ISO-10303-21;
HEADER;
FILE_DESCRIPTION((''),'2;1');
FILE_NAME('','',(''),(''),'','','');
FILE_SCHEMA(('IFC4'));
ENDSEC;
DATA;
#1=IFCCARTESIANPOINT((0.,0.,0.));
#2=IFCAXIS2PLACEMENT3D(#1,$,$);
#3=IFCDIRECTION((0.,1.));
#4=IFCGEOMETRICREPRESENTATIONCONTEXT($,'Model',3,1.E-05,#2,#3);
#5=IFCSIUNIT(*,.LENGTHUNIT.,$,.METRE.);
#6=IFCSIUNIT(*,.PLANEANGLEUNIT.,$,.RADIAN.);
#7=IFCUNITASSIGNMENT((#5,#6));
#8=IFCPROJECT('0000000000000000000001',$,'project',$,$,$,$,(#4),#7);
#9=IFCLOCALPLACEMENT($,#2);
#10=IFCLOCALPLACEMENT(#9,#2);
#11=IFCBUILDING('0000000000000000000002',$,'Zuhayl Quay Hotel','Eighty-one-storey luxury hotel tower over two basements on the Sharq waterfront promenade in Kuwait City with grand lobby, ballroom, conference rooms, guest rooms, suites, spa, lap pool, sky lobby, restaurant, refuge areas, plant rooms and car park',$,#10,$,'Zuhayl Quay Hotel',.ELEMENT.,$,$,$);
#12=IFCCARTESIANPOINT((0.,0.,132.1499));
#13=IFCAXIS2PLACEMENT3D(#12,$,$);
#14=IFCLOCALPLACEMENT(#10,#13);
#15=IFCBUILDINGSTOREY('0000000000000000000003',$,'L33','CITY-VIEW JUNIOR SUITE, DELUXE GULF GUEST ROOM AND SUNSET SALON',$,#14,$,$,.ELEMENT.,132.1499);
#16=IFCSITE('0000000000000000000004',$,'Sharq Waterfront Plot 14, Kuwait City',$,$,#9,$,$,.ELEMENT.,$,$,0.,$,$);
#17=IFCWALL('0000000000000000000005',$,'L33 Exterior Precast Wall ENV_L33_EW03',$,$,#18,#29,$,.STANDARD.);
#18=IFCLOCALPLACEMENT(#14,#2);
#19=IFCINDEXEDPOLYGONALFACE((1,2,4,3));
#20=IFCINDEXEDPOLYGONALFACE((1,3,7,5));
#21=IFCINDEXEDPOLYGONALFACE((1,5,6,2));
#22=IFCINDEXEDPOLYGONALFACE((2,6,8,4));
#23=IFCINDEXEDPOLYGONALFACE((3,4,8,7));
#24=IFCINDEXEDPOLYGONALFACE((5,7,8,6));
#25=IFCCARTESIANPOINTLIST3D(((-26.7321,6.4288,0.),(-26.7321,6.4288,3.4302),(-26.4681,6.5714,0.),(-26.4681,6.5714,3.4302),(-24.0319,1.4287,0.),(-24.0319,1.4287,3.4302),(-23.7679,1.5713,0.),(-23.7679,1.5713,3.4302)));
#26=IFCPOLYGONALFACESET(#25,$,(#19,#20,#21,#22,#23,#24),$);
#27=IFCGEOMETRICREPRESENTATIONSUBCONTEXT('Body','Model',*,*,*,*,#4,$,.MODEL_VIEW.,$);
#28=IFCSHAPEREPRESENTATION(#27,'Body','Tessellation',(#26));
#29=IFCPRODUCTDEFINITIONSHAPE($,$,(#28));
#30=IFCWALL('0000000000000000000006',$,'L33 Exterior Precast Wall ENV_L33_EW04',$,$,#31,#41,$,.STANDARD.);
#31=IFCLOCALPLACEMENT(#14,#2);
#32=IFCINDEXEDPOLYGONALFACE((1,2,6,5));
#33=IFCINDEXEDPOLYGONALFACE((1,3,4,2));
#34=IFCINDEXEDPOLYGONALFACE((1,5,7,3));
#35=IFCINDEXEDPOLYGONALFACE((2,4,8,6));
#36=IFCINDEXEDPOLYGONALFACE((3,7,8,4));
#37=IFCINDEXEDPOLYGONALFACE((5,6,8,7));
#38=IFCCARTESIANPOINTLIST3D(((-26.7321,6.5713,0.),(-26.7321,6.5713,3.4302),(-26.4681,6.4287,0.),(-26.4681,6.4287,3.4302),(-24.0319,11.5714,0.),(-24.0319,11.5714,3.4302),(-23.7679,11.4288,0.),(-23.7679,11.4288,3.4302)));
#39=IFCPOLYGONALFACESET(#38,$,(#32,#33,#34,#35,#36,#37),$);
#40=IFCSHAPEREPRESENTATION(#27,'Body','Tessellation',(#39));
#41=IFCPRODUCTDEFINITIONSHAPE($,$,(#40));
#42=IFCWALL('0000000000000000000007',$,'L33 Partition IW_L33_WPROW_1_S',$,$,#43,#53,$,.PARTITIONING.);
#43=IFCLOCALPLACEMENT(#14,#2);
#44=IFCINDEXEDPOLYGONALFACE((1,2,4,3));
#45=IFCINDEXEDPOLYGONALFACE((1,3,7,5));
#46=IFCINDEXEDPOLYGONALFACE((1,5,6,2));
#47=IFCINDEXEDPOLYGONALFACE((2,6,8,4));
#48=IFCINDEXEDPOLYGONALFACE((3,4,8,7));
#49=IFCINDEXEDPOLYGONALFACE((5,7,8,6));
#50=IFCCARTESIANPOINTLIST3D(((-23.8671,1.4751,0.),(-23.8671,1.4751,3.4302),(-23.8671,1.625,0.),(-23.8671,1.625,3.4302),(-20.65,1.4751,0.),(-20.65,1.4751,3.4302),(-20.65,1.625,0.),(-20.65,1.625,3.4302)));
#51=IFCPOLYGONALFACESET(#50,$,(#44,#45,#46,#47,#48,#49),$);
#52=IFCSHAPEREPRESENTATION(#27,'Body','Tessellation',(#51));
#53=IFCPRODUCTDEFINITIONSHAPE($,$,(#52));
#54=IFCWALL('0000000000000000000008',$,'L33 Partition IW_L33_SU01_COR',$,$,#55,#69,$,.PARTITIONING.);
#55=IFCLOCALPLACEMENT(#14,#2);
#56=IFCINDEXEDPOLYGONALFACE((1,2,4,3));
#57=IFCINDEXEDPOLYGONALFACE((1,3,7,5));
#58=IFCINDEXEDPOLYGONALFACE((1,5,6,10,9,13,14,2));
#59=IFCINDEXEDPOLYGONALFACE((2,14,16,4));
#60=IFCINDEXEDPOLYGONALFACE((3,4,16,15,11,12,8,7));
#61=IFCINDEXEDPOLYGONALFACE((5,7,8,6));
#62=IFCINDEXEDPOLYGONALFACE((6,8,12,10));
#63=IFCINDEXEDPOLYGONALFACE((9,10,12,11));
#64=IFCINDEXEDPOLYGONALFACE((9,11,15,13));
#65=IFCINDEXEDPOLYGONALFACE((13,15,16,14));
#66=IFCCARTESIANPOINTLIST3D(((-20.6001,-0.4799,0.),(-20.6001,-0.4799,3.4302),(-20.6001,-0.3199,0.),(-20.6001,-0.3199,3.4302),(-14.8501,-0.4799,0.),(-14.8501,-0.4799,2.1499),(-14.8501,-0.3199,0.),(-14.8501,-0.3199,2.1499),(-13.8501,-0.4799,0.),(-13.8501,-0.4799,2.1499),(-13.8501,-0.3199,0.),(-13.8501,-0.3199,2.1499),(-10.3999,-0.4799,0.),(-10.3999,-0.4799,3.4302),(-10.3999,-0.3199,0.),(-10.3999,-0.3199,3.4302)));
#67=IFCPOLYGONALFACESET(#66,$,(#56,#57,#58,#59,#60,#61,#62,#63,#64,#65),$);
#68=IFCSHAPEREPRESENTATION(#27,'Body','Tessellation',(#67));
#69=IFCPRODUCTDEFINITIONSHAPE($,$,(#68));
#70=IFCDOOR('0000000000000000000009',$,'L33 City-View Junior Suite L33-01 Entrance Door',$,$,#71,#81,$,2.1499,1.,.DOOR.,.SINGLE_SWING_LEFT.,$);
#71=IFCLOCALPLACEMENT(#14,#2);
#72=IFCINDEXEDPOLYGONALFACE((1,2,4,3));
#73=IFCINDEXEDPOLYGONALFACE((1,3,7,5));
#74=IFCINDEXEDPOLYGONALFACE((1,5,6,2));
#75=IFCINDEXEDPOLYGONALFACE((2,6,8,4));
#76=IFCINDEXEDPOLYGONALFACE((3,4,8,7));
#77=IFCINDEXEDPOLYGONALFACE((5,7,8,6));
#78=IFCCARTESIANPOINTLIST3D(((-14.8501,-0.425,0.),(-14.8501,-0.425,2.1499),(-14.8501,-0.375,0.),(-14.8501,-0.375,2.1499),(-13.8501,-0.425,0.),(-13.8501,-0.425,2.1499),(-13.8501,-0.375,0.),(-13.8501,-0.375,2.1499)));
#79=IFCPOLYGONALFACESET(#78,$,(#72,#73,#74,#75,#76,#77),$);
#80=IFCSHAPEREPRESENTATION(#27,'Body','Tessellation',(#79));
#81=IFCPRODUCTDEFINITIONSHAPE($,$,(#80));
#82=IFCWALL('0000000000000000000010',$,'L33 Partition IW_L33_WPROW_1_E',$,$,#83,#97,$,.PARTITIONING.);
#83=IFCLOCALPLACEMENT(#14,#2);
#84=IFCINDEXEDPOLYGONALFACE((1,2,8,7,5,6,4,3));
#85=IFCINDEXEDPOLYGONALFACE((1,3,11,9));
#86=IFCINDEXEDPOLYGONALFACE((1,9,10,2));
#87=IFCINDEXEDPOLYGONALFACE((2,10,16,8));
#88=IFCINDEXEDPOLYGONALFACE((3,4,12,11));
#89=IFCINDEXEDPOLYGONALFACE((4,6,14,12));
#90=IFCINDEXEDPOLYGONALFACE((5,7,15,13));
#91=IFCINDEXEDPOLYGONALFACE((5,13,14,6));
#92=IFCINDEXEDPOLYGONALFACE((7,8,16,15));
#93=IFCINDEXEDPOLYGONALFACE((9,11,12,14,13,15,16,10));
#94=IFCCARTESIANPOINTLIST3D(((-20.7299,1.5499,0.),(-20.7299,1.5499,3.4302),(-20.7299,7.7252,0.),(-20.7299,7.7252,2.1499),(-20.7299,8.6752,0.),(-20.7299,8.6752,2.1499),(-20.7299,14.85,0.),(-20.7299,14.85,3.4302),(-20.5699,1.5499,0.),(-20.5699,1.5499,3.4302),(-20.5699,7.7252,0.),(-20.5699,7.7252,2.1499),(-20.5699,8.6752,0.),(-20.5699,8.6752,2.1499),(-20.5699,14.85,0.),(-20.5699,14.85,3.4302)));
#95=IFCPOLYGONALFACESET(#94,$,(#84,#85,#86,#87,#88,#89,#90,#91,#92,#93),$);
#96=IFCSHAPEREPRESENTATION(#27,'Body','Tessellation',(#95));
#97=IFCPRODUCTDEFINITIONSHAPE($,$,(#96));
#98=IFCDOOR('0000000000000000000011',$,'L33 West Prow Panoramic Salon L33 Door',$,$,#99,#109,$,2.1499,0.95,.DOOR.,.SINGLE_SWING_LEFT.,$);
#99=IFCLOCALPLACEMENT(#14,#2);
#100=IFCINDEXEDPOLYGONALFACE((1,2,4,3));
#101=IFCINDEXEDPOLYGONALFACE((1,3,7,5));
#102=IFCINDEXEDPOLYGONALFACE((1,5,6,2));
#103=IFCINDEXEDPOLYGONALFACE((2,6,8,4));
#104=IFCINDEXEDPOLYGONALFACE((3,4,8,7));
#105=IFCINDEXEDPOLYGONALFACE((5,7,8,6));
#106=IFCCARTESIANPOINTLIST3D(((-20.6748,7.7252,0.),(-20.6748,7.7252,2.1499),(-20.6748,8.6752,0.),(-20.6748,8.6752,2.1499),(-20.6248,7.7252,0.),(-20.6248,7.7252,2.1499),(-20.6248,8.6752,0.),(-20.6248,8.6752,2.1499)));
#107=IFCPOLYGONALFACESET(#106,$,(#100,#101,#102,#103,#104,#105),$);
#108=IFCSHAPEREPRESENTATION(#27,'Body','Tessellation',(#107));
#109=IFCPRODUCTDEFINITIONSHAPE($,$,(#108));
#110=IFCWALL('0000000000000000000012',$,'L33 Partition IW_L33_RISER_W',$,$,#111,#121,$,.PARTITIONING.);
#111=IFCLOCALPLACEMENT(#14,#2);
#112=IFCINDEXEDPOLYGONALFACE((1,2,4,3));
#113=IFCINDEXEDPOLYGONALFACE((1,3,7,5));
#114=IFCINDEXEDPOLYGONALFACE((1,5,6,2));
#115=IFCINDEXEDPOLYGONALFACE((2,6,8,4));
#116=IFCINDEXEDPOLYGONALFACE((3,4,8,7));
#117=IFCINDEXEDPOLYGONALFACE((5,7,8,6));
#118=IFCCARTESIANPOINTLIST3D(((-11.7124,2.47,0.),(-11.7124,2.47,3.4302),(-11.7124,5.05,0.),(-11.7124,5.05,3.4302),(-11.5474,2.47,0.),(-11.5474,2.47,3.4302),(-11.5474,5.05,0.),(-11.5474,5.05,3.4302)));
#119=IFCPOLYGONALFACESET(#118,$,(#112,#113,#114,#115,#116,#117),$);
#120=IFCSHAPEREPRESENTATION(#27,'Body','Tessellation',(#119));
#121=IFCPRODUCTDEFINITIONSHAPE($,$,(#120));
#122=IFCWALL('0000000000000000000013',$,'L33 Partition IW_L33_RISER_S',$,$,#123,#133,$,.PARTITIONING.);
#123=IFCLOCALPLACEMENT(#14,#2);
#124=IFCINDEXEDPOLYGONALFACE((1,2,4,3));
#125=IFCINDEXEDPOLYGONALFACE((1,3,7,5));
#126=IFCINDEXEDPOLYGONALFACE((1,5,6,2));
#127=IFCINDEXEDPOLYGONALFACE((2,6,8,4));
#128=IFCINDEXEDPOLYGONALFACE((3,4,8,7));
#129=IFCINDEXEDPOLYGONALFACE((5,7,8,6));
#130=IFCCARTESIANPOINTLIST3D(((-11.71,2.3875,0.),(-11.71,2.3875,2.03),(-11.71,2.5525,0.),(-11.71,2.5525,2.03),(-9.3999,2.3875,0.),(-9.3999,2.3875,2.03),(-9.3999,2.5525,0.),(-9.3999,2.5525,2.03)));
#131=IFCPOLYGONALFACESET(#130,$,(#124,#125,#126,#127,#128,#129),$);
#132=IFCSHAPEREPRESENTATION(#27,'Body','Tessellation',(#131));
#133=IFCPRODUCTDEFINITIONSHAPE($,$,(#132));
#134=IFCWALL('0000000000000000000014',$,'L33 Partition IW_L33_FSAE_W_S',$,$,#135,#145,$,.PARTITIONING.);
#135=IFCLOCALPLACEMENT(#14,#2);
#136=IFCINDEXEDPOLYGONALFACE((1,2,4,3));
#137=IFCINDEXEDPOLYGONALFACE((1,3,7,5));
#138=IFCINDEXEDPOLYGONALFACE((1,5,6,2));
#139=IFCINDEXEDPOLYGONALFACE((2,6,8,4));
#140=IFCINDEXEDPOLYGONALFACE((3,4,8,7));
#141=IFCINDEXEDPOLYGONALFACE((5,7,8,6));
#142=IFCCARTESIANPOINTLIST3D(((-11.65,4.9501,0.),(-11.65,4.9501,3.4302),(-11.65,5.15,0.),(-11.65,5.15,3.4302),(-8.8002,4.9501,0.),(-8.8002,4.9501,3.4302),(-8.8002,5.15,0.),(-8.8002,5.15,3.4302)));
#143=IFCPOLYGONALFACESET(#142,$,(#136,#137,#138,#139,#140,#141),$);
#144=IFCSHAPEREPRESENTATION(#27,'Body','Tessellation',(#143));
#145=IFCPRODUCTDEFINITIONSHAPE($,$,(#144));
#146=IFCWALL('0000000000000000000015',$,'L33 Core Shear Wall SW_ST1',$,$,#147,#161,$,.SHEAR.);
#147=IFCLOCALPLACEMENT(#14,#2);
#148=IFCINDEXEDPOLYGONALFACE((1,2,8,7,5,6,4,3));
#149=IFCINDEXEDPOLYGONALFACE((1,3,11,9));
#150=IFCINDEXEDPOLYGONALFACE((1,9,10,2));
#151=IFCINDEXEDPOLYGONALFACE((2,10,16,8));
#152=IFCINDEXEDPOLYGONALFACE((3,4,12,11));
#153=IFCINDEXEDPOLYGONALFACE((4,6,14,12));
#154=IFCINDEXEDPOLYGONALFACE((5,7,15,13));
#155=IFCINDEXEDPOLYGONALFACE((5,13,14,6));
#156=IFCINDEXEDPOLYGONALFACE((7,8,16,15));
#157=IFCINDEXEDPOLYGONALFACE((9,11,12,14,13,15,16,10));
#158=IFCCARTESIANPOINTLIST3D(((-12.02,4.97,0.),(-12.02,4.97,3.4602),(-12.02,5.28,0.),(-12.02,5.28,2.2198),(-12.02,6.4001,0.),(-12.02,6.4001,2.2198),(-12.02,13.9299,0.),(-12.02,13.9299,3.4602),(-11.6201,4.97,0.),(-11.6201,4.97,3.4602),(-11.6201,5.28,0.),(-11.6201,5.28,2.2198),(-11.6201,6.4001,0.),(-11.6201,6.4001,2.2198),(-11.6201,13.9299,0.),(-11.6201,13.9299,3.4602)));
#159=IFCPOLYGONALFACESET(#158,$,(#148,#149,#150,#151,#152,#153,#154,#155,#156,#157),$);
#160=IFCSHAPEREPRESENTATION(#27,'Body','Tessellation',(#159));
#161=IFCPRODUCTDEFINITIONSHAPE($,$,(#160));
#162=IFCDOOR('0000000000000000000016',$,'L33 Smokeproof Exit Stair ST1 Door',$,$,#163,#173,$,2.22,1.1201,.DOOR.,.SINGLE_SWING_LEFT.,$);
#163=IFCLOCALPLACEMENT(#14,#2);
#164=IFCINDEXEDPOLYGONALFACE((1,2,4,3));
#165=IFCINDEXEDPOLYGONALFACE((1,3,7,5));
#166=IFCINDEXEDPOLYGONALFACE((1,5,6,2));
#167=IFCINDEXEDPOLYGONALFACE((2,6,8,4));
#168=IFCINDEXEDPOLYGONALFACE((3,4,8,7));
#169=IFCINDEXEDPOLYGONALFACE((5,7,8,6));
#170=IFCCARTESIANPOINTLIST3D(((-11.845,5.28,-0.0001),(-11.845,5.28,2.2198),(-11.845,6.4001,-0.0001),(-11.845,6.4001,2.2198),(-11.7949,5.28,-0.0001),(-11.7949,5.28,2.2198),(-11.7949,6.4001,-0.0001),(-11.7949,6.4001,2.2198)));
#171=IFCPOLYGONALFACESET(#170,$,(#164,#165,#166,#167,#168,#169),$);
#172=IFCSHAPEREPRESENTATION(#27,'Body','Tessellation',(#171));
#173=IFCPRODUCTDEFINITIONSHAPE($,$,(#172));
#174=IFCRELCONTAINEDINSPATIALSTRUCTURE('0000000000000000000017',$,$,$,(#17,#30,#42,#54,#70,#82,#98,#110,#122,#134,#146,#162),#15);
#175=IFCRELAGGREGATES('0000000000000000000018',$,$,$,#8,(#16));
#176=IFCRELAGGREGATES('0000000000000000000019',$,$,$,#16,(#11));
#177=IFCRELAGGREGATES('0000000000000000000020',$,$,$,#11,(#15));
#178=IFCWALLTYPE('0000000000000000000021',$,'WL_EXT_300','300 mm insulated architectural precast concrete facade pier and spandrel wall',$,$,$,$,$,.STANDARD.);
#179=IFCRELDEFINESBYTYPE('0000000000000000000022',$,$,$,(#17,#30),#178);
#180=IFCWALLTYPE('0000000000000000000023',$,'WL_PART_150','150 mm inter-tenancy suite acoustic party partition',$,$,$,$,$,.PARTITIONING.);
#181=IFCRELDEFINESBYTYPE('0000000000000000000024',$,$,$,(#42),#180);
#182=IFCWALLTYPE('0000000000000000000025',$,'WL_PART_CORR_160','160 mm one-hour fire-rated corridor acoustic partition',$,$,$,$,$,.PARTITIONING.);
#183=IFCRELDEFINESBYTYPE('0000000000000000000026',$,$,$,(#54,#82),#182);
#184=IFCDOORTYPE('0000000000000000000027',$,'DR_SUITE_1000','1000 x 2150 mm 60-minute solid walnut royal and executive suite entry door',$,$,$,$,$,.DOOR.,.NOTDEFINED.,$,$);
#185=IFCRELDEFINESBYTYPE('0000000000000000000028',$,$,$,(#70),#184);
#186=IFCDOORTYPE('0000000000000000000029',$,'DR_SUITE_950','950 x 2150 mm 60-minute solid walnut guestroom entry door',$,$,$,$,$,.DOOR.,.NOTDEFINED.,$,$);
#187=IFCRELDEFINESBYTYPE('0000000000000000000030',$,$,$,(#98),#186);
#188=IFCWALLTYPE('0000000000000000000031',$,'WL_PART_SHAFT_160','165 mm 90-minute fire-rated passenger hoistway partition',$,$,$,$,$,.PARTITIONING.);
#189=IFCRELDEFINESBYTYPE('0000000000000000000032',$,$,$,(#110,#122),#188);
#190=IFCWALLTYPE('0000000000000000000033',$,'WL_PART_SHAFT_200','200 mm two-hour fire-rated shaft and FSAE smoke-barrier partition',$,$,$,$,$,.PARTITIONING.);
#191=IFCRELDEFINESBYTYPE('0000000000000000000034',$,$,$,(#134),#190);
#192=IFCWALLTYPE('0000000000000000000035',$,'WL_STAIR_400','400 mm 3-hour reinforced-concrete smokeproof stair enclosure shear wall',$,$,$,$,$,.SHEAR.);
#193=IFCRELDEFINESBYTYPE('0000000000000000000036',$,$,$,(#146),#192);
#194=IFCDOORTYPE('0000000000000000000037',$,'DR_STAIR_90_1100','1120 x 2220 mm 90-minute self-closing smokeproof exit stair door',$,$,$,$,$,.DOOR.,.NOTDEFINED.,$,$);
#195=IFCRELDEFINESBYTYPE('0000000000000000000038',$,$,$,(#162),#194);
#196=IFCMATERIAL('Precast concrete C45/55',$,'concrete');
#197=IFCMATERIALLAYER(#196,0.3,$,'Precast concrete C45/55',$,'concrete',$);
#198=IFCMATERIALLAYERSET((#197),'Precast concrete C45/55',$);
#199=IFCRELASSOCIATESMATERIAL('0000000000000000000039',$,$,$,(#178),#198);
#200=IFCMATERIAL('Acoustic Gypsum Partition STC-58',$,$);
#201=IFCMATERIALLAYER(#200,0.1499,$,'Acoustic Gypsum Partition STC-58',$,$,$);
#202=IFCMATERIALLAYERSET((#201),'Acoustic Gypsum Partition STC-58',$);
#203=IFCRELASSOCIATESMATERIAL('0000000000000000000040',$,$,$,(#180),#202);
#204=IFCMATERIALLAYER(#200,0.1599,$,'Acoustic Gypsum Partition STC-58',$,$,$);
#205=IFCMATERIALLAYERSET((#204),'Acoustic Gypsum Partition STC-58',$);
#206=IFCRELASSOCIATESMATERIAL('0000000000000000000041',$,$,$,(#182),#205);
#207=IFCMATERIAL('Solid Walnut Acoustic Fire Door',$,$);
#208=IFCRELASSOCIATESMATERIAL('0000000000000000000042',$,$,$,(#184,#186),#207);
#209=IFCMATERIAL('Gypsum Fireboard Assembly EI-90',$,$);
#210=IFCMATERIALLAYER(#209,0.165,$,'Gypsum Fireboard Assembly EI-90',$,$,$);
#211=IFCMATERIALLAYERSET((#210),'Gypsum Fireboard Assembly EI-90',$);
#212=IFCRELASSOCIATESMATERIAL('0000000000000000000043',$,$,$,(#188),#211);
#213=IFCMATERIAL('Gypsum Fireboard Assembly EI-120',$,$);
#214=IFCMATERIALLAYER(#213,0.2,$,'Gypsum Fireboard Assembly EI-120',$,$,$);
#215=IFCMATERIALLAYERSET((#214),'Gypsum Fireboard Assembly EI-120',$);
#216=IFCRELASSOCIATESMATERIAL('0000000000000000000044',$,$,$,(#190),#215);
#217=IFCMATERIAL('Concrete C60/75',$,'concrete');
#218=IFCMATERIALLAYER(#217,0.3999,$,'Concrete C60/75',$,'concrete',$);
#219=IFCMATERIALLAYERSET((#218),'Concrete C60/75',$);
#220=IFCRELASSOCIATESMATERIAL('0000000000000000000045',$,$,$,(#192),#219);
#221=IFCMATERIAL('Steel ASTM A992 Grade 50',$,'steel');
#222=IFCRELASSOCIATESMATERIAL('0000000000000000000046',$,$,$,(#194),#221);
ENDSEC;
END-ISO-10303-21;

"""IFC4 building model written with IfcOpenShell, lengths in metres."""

from ifc_helpers import new_model, si_unit, direction, frame, frame_2d, origin, place, context, subcontext, project, spatial, rectangle, extrude, material, layer, layer_set, type_object, element, fill, save


model = new_model("IFC4")

# Units and contexts
model_context = context("Model", 3, precision=1e-05, world=origin(), true_north=direction((0.0, 1.0)))
body_context = subcontext(model_context, "Body", "Model", "MODEL_VIEW")
ifc_project = project(units=[si_unit("LENGTHUNIT", "METRE"), si_unit("PLANEANGLEUNIT", "RADIAN")], contexts=[model_context])

# Site, building, storey
site_placement = place(None, origin())
site = spatial("IfcSite", under=ifc_project, at=site_placement, Name="Sharq Waterfront Plot 14, Kuwait City", CompositionType="ELEMENT", RefElevation=0.0)
building_placement = place(site_placement, origin())
building = spatial("IfcBuilding", under=site, at=building_placement, Name="Zuhayl Quay Hotel", Description="Eighty-one-storey luxury hotel tower over two basements on the Sharq waterfront promenade in Kuwait City with grand lobby, ballroom, conference rooms, guest rooms, suites, spa, lap pool, sky lobby, restaurant, refuge areas, plant rooms and car park", LongName="Zuhayl Quay Hotel", CompositionType="ELEMENT")
storey_placement = place(building_placement, frame((0.0, 0.0, 132.1499)))
storey = spatial("IfcBuildingStorey", under=building, at=storey_placement, Name="L33", Description="CITY-VIEW JUNIOR SUITE, DELUXE GULF GUEST ROOM AND SUNSET SALON", CompositionType="ELEMENT", Elevation=132.1499)

# Shared definitions
ifc_material_1 = material(Name="Steel ASTM A992 Grade 50", Category="steel")
ifc_material_2 = material(Name="Concrete C60/75", Category="concrete")

# Walls
ifc_material_3 = material(Name="Precast concrete C45/55", Category="concrete")
ifc_layer_1 = layer(ifc_material_3, 0.3, Name="Precast concrete C45/55", Category="concrete")
ifc_layer_set_1 = layer_set([ifc_layer_1], Name="Precast concrete C45/55")
wall_type_1 = type_object("IfcWallType", Name="WL_EXT_300", Description="300 mm insulated architectural precast concrete facade pier and spandrel wall", PredefinedType="STANDARD", material=ifc_layer_set_1)
for number, where, z_axis, x_axis, name in (
    (1, (-23.8999, 1.5, 0.0), (0.0, 0.0, 1.0), (-0.475176, 0.879891, 0.0), "L33 Exterior Precast Wall ENV_L33_EW03"),
    (2, (-26.6001, 6.5, 0.0), (0.0, 0.0, 1.0), (0.475176, 0.879891, 0.0), "L33 Exterior Precast Wall ENV_L33_EW04"),
):
    element("IfcWall", number, at=place(storey_placement, frame(where, z_axis=z_axis, x_axis=x_axis)), inside=storey, type_object=wall_type_1, Name=name, PredefinedType="STANDARD", context=body_context, shape_type="SweptSolid", body=[
        extrude(rectangle(XDim=5.6826, YDim=0.3, at=frame_2d((2.8413, 0.0))), origin(), (0.0, 0.0, 1.0), 3.4302),
    ])
ifc_material_4 = material(Name="Acoustic Gypsum Partition STC-58")
ifc_layer_2 = layer(ifc_material_4, 0.1499, Name="Acoustic Gypsum Partition STC-58")
ifc_layer_set_2 = layer_set([ifc_layer_2], Name="Acoustic Gypsum Partition STC-58")
wall_type_2 = type_object("IfcWallType", Name="WL_PART_150", Description="150 mm inter-tenancy suite acoustic party partition", PredefinedType="PARTITIONING", material=ifc_layer_set_2)
wall_1_placement = place(storey_placement, frame((-23.8669, 1.55, 0.0), z_axis=(0.0, 0.0, 1.0), x_axis=(1.0, 0.0, 0.0)))
element("IfcWall", 3, at=wall_1_placement, inside=storey, type_object=wall_type_2, Name="L33 Partition IW_L33_WPROW_1_S", PredefinedType="PARTITIONING", context=body_context, shape_type="SweptSolid", body=[
    extrude(rectangle(XDim=3.217, YDim=0.1499, at=frame_2d((1.6084, 0.0))), origin(), (0.0, 0.0, 1.0), 3.4302),
])

# Walls, openings, doors
ifc_layer_3 = layer(ifc_material_4, 0.1599, Name="Acoustic Gypsum Partition STC-58")
ifc_layer_set_3 = layer_set([ifc_layer_3], Name="Acoustic Gypsum Partition STC-58")
wall_type_3 = type_object("IfcWallType", Name="WL_PART_CORR_160", Description="160 mm one-hour fire-rated corridor acoustic partition", PredefinedType="PARTITIONING", material=ifc_layer_set_3)
wall_2_placement = place(storey_placement, frame((-20.6001, -0.3999, 0.0), z_axis=(0.0, 0.0, 1.0), x_axis=(1.0, 0.0, 0.0)))
wall_2 = element("IfcWall", 4, at=wall_2_placement, inside=storey, type_object=wall_type_3, Name="L33 Partition IW_L33_SU01_COR", PredefinedType="PARTITIONING", context=body_context, shape_type="SweptSolid", body=[
    extrude(rectangle(XDim=10.2002, YDim=0.1599, at=frame_2d((5.1001, 0.0))), origin(), (0.0, 0.0, 1.0), 3.4302),
])
opening_1_placement = place(wall_2_placement, frame((5.75, 0.0, 0.0)))
opening_1 = element("IfcOpeningElement", 5, at=opening_1_placement, cuts=wall_2, PredefinedType="OPENING", context=body_context, shape_type="SweptSolid", body=[
    extrude(rectangle(XDim=1.0, YDim=2.1499, at=frame_2d((0.5, 1.075))), frame((0.0, 0.0898, 0.0), z_axis=(0.0, -1.0, 0.0), x_axis=(1.0, 0.0, 0.0)), (0.0, 0.0, 1.0), 0.1799),
])
ifc_material_5 = material(Name="Solid Walnut Acoustic Fire Door")
door_type_1 = type_object("IfcDoorType", Name="DR_SUITE_1000", Description="1000 x 2150 mm 60-minute solid walnut royal and executive suite entry door", OperationType="NOTDEFINED", PredefinedType="DOOR", material=ifc_material_5)
door_1_placement = place(opening_1_placement, origin())
door_1 = element("IfcDoor", 6, at=door_1_placement, inside=storey, type_object=door_type_1, Name="L33 City-View Junior Suite L33-01 Entrance Door", OperationType="SINGLE_SWING_LEFT", OverallHeight=2.1499, OverallWidth=1.0, PredefinedType="DOOR", context=body_context, shape_type="SweptSolid", body=[
    extrude(rectangle(XDim=1.0, YDim=2.1499, at=frame_2d((0.5, 1.075))), frame((0.0, 0.0249, 0.0), z_axis=(0.0, -1.0, 0.0), x_axis=(1.0, 0.0, 0.0)), (0.0, 0.0, 1.0), 0.05),
])
fill(opening_1, door_1)
wall_3_placement = place(storey_placement, frame((-20.6499, 1.55, 0.0), z_axis=(0.0, 0.0, 1.0), x_axis=(0.0, 1.0, 0.0)))
wall_3 = element("IfcWall", 7, at=wall_3_placement, inside=storey, type_object=wall_type_3, Name="L33 Partition IW_L33_WPROW_1_E", PredefinedType="PARTITIONING", context=body_context, shape_type="SweptSolid", body=[
    extrude(rectangle(XDim=13.3, YDim=0.1599, at=frame_2d((6.6499, 0.0))), origin(), (0.0, 0.0, 1.0), 3.4302),
])
opening_2_placement = place(wall_3_placement, frame((6.175, 0.0, 0.0)))
opening_2 = element("IfcOpeningElement", 8, at=opening_2_placement, cuts=wall_3, PredefinedType="OPENING", context=body_context, shape_type="SweptSolid", body=[
    extrude(rectangle(XDim=0.95, YDim=2.1499, at=frame_2d((0.4751, 1.075))), frame((0.0, 0.0898, 0.0), z_axis=(0.0, -1.0, 0.0), x_axis=(1.0, 0.0, 0.0)), (0.0, 0.0, 1.0), 0.1799),
])
door_type_2 = type_object("IfcDoorType", Name="DR_SUITE_950", Description="950 x 2150 mm 60-minute solid walnut guestroom entry door", OperationType="NOTDEFINED", PredefinedType="DOOR", material=ifc_material_5)
door_2_placement = place(opening_2_placement, origin())
door_2 = element("IfcDoor", 9, at=door_2_placement, inside=storey, type_object=door_type_2, Name="L33 West Prow Panoramic Salon L33 Door", OperationType="SINGLE_SWING_LEFT", OverallHeight=2.1499, OverallWidth=0.95, PredefinedType="DOOR", context=body_context, shape_type="SweptSolid", body=[
    extrude(rectangle(XDim=0.95, YDim=2.1499, at=frame_2d((0.4751, 1.075))), frame((0.0, 0.0249, 0.0), z_axis=(0.0, -1.0, 0.0), x_axis=(1.0, 0.0, 0.0)), (0.0, 0.0, 1.0), 0.05),
])
fill(opening_2, door_2)

# Walls
ifc_material_6 = material(Name="Gypsum Fireboard Assembly EI-90")
ifc_layer_4 = layer(ifc_material_6, 0.165, Name="Gypsum Fireboard Assembly EI-90")
ifc_layer_set_4 = layer_set([ifc_layer_4], Name="Gypsum Fireboard Assembly EI-90")
wall_type_4 = type_object("IfcWallType", Name="WL_PART_SHAFT_160", Description="165 mm 90-minute fire-rated passenger hoistway partition", PredefinedType="PARTITIONING", material=ifc_layer_set_4)
wall_4_placement = place(storey_placement, frame((-11.6299, 2.47, 0.0), z_axis=(0.0, 0.0, 1.0), x_axis=(0.0, 1.0, 0.0)))
element("IfcWall", 10, at=wall_4_placement, inside=storey, type_object=wall_type_4, Name="L33 Partition IW_L33_RISER_W", PredefinedType="PARTITIONING", context=body_context, shape_type="SweptSolid", body=[
    extrude(rectangle(XDim=2.5801, YDim=0.165, at=frame_2d((1.29, 0.0))), origin(), (0.0, 0.0, 1.0), 3.4302),
])
wall_5_placement = place(storey_placement, frame((-11.71, 2.47, 0.0), z_axis=(0.0, 0.0, 1.0), x_axis=(1.0, 0.0, 0.0)))
element("IfcWall", 11, at=wall_5_placement, inside=storey, type_object=wall_type_4, Name="L33 Partition IW_L33_RISER_S", PredefinedType="PARTITIONING", context=body_context, shape_type="SweptSolid", body=[
    extrude(rectangle(XDim=2.3101, YDim=0.165, at=frame_2d((1.155, 0.0))), origin(), (0.0, 0.0, 1.0), 2.03),
])
ifc_material_7 = material(Name="Gypsum Fireboard Assembly EI-120")
ifc_layer_5 = layer(ifc_material_7, 0.2, Name="Gypsum Fireboard Assembly EI-120")
ifc_layer_set_5 = layer_set([ifc_layer_5], Name="Gypsum Fireboard Assembly EI-120")
wall_type_5 = type_object("IfcWallType", Name="WL_PART_SHAFT_200", Description="200 mm two-hour fire-rated shaft and FSAE smoke-barrier partition", PredefinedType="PARTITIONING", material=ifc_layer_set_5)
wall_6_placement = place(storey_placement, frame((-11.6499, 5.05, 0.0), z_axis=(0.0, 0.0, 1.0), x_axis=(1.0, 0.0, 0.0)))
element("IfcWall", 12, at=wall_6_placement, inside=storey, type_object=wall_type_5, Name="L33 Partition IW_L33_FSAE_W_S", PredefinedType="PARTITIONING", context=body_context, shape_type="SweptSolid", body=[
    extrude(rectangle(XDim=2.8499, YDim=0.2, at=frame_2d((1.4248, 0.0))), origin(), (0.0, 0.0, 1.0), 3.4302),
])

# Wall, opening, door
ifc_layer_6 = layer(ifc_material_2, 0.3999, Name="Concrete C60/75", Category="concrete")
ifc_layer_set_6 = layer_set([ifc_layer_6], Name="Concrete C60/75")
wall_type_6 = type_object("IfcWallType", Name="WL_STAIR_400", Description="400 mm 3-hour reinforced-concrete smokeproof stair enclosure shear wall", PredefinedType="SHEAR", material=ifc_layer_set_6)
wall_7_placement = place(storey_placement, frame((-11.8201, 4.97, 0.0), z_axis=(0.0, 0.0, 1.0), x_axis=(0.0, 1.0, 0.0)))
wall_7 = element("IfcWall", 13, at=wall_7_placement, inside=storey, type_object=wall_type_6, Name="L33 Core Shear Wall SW_ST1", PredefinedType="SHEAR", context=body_context, shape_type="SweptSolid", body=[
    extrude(rectangle(XDim=8.96, YDim=0.3999, at=frame_2d((4.48, 0.0))), origin(), (0.0, 0.0, 1.0), 3.4602),
])
opening_3_placement = place(wall_7_placement, frame((0.3101, 0.0, 0.0)))
opening_3 = element("IfcOpeningElement", 14, at=opening_3_placement, cuts=wall_7, PredefinedType="OPENING", context=body_context, shape_type="SweptSolid", body=[
    extrude(rectangle(XDim=1.1201, YDim=2.22, at=frame_2d((0.5601, 1.1099))), frame((0.0, 0.21, 0.0), z_axis=(0.0, -1.0, 0.0), x_axis=(1.0, 0.0, 0.0)), (0.0, 0.0, 1.0), 0.4199),
])
door_type_3 = type_object("IfcDoorType", Name="DR_STAIR_90_1100", Description="1120 x 2220 mm 90-minute self-closing smokeproof exit stair door", OperationType="NOTDEFINED", PredefinedType="DOOR", material=ifc_material_1)
door_3_placement = place(opening_3_placement, origin())
door_3 = element("IfcDoor", 15, at=door_3_placement, inside=storey, type_object=door_type_3, Name="L33 Smokeproof Exit Stair ST1 Door", OperationType="SINGLE_SWING_LEFT", OverallHeight=2.22, OverallWidth=1.1201, PredefinedType="DOOR", context=body_context, shape_type="SweptSolid", body=[
    extrude(rectangle(XDim=1.1201, YDim=2.22, at=frame_2d((0.5601, 1.1099))), frame((0.0, 0.0249, 0.0), z_axis=(0.0, -1.0, 0.0), x_axis=(1.0, 0.0, 0.0)), (0.0, 0.0, 1.0), 0.05),
])
fill(opening_3, door_3)

save(model, "model.ifc")
